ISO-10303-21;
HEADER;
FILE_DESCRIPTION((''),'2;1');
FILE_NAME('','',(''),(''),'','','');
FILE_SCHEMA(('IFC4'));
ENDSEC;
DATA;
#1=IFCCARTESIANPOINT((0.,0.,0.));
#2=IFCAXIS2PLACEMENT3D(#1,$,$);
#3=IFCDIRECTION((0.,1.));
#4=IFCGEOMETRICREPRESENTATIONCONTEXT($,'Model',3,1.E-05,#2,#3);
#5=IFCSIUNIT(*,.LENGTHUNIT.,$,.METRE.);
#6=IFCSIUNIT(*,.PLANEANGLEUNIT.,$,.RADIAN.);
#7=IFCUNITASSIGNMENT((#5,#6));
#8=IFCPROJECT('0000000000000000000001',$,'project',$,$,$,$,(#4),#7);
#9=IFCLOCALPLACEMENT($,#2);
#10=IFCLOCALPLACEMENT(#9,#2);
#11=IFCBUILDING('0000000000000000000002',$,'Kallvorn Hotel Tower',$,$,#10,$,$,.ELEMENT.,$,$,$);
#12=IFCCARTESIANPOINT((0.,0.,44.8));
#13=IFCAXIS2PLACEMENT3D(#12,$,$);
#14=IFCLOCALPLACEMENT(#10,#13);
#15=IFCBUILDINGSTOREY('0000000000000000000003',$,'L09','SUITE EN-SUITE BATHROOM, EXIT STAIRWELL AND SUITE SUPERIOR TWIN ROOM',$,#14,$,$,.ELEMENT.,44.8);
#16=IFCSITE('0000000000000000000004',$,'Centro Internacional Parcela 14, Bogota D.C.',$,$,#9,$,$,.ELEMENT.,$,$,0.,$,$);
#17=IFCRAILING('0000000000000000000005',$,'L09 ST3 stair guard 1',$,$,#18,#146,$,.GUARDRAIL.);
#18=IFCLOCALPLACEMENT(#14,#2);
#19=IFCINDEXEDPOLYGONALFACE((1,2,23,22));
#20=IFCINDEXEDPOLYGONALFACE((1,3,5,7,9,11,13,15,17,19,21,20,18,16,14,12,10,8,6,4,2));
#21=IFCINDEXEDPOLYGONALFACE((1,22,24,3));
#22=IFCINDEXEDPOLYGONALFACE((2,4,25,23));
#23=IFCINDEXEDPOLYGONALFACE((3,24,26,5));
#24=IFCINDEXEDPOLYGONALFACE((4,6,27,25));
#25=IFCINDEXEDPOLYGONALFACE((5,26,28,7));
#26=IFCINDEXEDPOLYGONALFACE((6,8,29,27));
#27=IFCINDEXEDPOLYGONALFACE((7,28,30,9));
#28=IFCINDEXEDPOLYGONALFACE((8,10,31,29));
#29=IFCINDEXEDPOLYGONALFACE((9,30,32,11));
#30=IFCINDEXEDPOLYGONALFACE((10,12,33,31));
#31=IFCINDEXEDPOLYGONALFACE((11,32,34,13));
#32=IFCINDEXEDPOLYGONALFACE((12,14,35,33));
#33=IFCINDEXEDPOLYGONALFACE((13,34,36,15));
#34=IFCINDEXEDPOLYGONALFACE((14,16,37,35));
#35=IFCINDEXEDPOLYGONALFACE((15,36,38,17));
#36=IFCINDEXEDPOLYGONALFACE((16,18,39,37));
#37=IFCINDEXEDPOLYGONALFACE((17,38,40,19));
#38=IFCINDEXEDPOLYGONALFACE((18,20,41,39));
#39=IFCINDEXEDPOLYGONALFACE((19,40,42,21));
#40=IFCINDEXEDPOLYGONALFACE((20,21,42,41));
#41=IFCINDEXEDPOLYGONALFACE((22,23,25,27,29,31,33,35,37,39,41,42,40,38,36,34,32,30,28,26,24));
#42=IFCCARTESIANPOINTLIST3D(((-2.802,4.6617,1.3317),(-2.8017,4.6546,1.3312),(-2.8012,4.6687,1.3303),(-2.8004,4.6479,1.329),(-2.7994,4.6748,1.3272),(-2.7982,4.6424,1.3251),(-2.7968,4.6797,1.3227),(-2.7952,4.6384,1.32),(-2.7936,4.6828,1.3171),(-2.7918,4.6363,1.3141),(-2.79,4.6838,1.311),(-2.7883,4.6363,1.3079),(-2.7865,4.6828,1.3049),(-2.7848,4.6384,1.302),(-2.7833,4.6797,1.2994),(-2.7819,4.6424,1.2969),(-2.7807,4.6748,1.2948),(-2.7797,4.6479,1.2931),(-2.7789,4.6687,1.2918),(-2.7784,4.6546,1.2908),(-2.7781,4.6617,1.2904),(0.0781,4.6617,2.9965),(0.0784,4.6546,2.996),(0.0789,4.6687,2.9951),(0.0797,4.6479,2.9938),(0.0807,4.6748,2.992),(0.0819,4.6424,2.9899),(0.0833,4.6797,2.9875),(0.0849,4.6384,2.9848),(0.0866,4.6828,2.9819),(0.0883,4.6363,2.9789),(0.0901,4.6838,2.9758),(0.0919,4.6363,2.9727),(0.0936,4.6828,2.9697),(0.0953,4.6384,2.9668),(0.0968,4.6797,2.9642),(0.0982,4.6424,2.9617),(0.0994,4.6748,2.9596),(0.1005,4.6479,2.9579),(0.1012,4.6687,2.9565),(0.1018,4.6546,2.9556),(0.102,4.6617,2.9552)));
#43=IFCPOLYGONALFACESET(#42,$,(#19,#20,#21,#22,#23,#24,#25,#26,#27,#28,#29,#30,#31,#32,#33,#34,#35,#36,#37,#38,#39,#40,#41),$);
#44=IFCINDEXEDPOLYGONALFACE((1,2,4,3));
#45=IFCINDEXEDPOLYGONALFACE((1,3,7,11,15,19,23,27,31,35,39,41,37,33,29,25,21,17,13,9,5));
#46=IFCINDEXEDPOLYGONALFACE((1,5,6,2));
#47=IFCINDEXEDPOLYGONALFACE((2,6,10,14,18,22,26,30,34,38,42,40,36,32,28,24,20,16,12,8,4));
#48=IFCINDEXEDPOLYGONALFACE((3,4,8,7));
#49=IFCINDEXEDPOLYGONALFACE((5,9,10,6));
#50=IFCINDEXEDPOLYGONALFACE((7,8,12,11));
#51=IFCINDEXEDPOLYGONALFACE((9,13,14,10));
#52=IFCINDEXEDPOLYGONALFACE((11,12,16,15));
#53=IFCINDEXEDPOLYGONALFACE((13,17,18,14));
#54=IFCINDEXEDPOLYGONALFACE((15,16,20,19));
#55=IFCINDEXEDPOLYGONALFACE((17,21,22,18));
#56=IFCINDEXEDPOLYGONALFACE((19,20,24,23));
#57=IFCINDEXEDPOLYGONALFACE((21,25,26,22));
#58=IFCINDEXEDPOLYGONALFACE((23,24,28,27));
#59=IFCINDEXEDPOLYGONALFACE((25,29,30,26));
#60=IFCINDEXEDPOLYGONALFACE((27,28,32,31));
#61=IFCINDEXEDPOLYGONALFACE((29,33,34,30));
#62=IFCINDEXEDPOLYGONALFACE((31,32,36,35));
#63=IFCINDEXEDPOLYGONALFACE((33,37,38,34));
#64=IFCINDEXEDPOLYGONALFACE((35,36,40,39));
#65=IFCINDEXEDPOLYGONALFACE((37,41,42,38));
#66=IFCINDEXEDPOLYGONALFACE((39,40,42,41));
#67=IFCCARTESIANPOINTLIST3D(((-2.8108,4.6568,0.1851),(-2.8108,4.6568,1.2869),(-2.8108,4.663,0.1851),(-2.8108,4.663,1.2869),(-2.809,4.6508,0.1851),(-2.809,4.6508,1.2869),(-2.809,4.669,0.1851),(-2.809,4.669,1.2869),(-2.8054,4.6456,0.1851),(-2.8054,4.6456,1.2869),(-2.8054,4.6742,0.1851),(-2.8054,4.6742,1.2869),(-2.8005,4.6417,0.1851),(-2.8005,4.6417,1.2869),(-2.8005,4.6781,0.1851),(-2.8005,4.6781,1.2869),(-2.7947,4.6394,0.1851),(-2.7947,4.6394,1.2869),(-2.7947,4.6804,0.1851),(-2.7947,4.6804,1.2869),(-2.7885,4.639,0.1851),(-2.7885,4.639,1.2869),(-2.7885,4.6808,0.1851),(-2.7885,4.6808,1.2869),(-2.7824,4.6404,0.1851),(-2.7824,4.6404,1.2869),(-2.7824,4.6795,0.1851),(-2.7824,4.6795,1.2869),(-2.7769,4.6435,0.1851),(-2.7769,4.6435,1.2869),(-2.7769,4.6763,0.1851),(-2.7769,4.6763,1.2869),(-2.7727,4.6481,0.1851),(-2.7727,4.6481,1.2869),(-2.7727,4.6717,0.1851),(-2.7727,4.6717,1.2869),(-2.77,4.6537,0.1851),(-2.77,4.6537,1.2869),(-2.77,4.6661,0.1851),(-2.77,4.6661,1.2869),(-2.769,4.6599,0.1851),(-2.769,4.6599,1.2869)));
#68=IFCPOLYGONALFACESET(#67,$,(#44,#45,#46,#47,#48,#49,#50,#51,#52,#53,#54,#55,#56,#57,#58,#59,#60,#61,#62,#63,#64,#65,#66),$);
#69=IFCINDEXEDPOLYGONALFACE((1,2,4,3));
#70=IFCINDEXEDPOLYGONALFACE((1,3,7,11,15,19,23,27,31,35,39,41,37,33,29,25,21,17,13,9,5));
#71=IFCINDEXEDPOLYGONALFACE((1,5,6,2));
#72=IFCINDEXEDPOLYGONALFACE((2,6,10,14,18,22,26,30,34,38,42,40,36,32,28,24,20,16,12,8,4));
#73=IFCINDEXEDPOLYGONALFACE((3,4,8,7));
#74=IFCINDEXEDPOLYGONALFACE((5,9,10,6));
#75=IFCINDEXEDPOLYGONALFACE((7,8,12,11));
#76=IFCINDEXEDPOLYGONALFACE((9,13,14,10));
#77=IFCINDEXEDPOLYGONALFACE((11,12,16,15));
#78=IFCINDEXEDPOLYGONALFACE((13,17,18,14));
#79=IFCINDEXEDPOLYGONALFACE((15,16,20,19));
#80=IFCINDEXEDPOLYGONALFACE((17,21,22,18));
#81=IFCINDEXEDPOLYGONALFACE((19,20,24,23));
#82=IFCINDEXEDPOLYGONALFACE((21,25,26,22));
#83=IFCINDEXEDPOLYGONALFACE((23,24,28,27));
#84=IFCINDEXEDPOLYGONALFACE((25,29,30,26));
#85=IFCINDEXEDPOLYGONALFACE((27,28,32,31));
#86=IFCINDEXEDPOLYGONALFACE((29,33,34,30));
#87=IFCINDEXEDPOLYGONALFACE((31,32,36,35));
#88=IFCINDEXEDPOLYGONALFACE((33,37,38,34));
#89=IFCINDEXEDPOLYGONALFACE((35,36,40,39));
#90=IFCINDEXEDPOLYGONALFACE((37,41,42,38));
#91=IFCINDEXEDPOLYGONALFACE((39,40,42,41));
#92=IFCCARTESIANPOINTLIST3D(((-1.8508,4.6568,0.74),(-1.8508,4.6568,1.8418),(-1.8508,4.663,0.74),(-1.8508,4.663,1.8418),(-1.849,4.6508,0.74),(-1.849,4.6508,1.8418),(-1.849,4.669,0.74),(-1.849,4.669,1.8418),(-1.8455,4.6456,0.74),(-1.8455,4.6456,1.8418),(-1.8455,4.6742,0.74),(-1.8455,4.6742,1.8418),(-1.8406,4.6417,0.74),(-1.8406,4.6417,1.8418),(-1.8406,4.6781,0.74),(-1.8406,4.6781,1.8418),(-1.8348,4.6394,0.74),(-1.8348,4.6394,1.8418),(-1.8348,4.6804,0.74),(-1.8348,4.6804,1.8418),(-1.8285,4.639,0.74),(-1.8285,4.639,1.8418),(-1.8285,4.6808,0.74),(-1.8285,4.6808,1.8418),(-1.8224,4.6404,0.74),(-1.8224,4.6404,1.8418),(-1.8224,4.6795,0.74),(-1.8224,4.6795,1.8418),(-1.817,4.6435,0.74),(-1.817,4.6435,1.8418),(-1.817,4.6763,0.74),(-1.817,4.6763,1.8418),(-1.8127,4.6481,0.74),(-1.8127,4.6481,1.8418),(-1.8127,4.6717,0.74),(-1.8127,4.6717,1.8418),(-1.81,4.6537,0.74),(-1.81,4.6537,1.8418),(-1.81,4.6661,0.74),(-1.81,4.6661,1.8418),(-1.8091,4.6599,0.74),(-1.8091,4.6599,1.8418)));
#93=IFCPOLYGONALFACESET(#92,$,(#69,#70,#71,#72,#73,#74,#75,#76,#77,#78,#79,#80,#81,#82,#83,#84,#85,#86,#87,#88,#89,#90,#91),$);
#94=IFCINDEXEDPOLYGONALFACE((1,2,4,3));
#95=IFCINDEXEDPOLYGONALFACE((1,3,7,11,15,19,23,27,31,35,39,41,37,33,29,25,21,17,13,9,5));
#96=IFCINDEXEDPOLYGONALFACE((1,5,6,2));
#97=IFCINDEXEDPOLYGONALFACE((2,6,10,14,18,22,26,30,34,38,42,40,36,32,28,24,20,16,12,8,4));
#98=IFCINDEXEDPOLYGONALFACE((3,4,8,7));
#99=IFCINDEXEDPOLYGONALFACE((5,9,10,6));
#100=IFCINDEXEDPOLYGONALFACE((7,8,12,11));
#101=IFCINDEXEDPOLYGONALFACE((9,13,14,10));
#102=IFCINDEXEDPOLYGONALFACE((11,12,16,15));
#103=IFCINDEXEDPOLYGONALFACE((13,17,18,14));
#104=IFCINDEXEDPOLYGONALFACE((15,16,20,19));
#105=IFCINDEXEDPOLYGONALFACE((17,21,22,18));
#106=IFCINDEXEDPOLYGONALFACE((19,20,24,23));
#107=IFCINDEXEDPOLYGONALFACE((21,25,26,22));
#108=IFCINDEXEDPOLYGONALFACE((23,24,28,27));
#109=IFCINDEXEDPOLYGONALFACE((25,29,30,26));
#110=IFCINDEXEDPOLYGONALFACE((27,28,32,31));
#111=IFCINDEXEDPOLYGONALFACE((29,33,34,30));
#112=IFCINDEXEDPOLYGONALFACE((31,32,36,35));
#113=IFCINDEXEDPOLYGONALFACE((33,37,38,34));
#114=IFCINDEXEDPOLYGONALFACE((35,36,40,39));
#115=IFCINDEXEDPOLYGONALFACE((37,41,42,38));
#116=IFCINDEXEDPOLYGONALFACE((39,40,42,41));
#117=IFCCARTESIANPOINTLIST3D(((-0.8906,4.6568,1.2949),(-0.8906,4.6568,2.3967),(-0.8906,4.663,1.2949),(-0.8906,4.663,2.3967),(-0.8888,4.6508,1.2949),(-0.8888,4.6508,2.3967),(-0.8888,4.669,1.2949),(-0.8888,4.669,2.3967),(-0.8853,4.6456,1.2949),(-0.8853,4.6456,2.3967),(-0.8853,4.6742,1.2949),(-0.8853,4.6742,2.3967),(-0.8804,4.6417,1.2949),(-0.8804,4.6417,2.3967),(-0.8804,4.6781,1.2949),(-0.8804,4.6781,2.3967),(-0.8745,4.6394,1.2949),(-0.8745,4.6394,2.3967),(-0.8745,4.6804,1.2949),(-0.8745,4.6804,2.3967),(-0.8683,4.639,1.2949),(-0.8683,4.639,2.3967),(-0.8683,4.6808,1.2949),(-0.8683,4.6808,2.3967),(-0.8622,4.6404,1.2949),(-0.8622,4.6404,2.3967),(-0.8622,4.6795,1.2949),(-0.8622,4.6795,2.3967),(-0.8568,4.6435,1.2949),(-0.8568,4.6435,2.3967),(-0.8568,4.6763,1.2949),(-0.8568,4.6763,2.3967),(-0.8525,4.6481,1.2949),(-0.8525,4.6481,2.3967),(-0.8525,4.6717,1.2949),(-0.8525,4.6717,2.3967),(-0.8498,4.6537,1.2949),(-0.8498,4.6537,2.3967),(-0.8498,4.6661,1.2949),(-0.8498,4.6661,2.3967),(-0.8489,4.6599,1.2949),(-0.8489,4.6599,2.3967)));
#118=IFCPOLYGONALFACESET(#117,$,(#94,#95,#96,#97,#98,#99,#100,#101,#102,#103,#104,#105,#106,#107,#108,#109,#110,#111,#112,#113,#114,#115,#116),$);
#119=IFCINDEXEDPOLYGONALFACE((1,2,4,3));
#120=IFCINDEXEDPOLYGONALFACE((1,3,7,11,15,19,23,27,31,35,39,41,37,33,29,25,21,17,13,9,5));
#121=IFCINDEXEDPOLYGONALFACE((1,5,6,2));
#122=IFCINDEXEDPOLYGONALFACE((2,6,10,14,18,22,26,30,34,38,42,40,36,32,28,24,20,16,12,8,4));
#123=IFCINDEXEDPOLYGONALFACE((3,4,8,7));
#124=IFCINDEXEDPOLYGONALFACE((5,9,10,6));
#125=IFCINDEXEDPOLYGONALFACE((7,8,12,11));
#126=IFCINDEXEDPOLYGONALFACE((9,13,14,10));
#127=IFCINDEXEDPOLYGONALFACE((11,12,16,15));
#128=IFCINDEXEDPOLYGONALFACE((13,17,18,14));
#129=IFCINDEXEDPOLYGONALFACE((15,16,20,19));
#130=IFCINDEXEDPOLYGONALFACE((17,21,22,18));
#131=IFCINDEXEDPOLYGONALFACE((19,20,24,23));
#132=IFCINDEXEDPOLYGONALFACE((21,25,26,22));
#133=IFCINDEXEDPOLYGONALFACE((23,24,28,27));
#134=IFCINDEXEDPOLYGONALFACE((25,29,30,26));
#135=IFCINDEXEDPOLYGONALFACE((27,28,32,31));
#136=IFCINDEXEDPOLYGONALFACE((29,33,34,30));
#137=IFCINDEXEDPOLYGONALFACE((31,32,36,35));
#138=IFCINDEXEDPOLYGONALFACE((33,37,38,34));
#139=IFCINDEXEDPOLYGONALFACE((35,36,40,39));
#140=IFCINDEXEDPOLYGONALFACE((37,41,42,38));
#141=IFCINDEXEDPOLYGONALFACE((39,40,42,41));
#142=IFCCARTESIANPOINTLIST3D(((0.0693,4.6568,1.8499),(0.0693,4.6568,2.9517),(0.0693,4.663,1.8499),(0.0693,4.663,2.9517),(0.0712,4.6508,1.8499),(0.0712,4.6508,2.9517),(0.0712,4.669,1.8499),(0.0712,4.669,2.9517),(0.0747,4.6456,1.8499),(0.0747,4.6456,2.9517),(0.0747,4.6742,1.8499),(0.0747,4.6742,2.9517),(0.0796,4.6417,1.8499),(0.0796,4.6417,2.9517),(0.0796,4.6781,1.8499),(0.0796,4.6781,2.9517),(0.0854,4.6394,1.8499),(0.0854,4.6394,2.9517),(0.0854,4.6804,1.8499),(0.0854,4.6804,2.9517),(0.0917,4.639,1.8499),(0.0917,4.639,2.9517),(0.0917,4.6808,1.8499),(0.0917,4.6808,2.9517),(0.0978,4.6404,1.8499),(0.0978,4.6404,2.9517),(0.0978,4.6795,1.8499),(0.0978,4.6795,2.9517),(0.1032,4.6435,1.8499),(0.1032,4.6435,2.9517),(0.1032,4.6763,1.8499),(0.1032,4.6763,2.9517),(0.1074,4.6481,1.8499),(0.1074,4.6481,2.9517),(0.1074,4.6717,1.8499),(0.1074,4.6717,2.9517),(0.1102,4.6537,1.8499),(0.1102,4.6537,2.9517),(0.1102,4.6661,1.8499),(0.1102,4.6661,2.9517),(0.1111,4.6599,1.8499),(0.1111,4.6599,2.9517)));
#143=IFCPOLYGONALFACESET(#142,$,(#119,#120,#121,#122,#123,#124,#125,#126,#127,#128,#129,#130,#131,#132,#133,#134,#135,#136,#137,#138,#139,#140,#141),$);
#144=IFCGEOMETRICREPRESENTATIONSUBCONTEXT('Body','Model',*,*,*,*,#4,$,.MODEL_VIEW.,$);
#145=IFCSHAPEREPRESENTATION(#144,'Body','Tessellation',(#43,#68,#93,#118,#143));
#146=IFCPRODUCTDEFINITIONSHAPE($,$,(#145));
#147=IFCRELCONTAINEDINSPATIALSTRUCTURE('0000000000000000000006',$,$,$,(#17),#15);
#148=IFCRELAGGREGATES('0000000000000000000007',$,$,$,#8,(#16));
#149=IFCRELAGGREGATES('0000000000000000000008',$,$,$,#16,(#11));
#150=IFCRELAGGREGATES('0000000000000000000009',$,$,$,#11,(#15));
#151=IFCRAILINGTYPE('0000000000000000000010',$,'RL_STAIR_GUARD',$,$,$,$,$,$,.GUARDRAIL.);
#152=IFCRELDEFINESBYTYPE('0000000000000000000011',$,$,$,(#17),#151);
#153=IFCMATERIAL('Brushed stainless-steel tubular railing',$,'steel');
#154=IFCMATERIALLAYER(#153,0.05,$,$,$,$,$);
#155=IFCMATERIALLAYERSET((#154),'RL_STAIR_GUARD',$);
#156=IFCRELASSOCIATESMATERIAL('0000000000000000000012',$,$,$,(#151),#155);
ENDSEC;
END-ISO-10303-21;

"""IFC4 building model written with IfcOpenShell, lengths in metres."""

from ifc_helpers import new_model, si_unit, direction, frame, origin, origin_2d, place, context, subcontext, project, spatial, circle, extrude, material, layer, layer_set, type_object, element, save


model = new_model("IFC4")

# Units and contexts
model_context = context("Model", 3, precision=1e-05, world=origin(), true_north=direction((0.0, 1.0)))
body_context = subcontext(model_context, "Body", "Model", "MODEL_VIEW")
ifc_project = project(units=[si_unit("LENGTHUNIT", "METRE"), si_unit("PLANEANGLEUNIT", "RADIAN")], contexts=[model_context])

# Site, building, storey
site_placement = place(None, origin())
site = spatial("IfcSite", under=ifc_project, at=site_placement, Name="Centro Internacional Parcela 14, Bogota D.C.", CompositionType="ELEMENT", RefElevation=0.0)
building_placement = place(site_placement, origin())
building = spatial("IfcBuilding", under=site, at=building_placement, Name="Kallvorn Hotel Tower", CompositionType="ELEMENT")
storey_placement = place(building_placement, frame((0.0, 0.0, 44.8)))
storey = spatial("IfcBuildingStorey", under=building, at=storey_placement, Name="L09", Description="SUITE EN-SUITE BATHROOM, EXIT STAIRWELL AND SUITE SUPERIOR TWIN ROOM", CompositionType="ELEMENT", Elevation=44.8)

# Railing
ifc_material_1 = material(Name="Brushed stainless-steel tubular railing", Category="steel")
ifc_layer_1 = layer(ifc_material_1, 0.05)
ifc_layer_set_1 = layer_set([ifc_layer_1], Name="RL_STAIR_GUARD")
railing_type_1 = type_object("IfcRailingType", Name="RL_STAIR_GUARD", PredefinedType="GUARDRAIL", material=ifc_layer_set_1)
railing_1_placement = place(storey_placement, frame((-2.79, 4.6599, 0.1851)))
element("IfcRailing", 1, at=railing_1_placement, inside=storey, type_object=railing_type_1, Name="L09 ST3 stair guard 1", PredefinedType="GUARDRAIL", context=body_context, shape_type="SweptSolid", body=[
    extrude(circle(Radius=0.0239, at=origin_2d()), frame((0.0, 0.0, 1.126), z_axis=(0.865771, 0.0, 0.50044), x_axis=(0.0, 1.0, 0.0)), (0.0, 0.0, 1.0), 3.3267),
    extrude(circle(Radius=0.021, at=origin_2d()), origin(), (0.0, 0.0, 1.0), 1.1018),
    extrude(circle(Radius=0.021, at=origin_2d()), frame((0.96, 0.0, 0.5549)), (0.0, 0.0, 1.0), 1.1018),
    extrude(circle(Radius=0.021, at=origin_2d()), frame((1.9202, 0.0, 1.1099)), (0.0, 0.0, 1.0), 1.1018),
    extrude(circle(Radius=0.021, at=origin_2d()), frame((2.8801, 0.0, 1.6648)), (0.0, 0.0, 1.0), 1.1018),
])

save(model, "model.ifc")
